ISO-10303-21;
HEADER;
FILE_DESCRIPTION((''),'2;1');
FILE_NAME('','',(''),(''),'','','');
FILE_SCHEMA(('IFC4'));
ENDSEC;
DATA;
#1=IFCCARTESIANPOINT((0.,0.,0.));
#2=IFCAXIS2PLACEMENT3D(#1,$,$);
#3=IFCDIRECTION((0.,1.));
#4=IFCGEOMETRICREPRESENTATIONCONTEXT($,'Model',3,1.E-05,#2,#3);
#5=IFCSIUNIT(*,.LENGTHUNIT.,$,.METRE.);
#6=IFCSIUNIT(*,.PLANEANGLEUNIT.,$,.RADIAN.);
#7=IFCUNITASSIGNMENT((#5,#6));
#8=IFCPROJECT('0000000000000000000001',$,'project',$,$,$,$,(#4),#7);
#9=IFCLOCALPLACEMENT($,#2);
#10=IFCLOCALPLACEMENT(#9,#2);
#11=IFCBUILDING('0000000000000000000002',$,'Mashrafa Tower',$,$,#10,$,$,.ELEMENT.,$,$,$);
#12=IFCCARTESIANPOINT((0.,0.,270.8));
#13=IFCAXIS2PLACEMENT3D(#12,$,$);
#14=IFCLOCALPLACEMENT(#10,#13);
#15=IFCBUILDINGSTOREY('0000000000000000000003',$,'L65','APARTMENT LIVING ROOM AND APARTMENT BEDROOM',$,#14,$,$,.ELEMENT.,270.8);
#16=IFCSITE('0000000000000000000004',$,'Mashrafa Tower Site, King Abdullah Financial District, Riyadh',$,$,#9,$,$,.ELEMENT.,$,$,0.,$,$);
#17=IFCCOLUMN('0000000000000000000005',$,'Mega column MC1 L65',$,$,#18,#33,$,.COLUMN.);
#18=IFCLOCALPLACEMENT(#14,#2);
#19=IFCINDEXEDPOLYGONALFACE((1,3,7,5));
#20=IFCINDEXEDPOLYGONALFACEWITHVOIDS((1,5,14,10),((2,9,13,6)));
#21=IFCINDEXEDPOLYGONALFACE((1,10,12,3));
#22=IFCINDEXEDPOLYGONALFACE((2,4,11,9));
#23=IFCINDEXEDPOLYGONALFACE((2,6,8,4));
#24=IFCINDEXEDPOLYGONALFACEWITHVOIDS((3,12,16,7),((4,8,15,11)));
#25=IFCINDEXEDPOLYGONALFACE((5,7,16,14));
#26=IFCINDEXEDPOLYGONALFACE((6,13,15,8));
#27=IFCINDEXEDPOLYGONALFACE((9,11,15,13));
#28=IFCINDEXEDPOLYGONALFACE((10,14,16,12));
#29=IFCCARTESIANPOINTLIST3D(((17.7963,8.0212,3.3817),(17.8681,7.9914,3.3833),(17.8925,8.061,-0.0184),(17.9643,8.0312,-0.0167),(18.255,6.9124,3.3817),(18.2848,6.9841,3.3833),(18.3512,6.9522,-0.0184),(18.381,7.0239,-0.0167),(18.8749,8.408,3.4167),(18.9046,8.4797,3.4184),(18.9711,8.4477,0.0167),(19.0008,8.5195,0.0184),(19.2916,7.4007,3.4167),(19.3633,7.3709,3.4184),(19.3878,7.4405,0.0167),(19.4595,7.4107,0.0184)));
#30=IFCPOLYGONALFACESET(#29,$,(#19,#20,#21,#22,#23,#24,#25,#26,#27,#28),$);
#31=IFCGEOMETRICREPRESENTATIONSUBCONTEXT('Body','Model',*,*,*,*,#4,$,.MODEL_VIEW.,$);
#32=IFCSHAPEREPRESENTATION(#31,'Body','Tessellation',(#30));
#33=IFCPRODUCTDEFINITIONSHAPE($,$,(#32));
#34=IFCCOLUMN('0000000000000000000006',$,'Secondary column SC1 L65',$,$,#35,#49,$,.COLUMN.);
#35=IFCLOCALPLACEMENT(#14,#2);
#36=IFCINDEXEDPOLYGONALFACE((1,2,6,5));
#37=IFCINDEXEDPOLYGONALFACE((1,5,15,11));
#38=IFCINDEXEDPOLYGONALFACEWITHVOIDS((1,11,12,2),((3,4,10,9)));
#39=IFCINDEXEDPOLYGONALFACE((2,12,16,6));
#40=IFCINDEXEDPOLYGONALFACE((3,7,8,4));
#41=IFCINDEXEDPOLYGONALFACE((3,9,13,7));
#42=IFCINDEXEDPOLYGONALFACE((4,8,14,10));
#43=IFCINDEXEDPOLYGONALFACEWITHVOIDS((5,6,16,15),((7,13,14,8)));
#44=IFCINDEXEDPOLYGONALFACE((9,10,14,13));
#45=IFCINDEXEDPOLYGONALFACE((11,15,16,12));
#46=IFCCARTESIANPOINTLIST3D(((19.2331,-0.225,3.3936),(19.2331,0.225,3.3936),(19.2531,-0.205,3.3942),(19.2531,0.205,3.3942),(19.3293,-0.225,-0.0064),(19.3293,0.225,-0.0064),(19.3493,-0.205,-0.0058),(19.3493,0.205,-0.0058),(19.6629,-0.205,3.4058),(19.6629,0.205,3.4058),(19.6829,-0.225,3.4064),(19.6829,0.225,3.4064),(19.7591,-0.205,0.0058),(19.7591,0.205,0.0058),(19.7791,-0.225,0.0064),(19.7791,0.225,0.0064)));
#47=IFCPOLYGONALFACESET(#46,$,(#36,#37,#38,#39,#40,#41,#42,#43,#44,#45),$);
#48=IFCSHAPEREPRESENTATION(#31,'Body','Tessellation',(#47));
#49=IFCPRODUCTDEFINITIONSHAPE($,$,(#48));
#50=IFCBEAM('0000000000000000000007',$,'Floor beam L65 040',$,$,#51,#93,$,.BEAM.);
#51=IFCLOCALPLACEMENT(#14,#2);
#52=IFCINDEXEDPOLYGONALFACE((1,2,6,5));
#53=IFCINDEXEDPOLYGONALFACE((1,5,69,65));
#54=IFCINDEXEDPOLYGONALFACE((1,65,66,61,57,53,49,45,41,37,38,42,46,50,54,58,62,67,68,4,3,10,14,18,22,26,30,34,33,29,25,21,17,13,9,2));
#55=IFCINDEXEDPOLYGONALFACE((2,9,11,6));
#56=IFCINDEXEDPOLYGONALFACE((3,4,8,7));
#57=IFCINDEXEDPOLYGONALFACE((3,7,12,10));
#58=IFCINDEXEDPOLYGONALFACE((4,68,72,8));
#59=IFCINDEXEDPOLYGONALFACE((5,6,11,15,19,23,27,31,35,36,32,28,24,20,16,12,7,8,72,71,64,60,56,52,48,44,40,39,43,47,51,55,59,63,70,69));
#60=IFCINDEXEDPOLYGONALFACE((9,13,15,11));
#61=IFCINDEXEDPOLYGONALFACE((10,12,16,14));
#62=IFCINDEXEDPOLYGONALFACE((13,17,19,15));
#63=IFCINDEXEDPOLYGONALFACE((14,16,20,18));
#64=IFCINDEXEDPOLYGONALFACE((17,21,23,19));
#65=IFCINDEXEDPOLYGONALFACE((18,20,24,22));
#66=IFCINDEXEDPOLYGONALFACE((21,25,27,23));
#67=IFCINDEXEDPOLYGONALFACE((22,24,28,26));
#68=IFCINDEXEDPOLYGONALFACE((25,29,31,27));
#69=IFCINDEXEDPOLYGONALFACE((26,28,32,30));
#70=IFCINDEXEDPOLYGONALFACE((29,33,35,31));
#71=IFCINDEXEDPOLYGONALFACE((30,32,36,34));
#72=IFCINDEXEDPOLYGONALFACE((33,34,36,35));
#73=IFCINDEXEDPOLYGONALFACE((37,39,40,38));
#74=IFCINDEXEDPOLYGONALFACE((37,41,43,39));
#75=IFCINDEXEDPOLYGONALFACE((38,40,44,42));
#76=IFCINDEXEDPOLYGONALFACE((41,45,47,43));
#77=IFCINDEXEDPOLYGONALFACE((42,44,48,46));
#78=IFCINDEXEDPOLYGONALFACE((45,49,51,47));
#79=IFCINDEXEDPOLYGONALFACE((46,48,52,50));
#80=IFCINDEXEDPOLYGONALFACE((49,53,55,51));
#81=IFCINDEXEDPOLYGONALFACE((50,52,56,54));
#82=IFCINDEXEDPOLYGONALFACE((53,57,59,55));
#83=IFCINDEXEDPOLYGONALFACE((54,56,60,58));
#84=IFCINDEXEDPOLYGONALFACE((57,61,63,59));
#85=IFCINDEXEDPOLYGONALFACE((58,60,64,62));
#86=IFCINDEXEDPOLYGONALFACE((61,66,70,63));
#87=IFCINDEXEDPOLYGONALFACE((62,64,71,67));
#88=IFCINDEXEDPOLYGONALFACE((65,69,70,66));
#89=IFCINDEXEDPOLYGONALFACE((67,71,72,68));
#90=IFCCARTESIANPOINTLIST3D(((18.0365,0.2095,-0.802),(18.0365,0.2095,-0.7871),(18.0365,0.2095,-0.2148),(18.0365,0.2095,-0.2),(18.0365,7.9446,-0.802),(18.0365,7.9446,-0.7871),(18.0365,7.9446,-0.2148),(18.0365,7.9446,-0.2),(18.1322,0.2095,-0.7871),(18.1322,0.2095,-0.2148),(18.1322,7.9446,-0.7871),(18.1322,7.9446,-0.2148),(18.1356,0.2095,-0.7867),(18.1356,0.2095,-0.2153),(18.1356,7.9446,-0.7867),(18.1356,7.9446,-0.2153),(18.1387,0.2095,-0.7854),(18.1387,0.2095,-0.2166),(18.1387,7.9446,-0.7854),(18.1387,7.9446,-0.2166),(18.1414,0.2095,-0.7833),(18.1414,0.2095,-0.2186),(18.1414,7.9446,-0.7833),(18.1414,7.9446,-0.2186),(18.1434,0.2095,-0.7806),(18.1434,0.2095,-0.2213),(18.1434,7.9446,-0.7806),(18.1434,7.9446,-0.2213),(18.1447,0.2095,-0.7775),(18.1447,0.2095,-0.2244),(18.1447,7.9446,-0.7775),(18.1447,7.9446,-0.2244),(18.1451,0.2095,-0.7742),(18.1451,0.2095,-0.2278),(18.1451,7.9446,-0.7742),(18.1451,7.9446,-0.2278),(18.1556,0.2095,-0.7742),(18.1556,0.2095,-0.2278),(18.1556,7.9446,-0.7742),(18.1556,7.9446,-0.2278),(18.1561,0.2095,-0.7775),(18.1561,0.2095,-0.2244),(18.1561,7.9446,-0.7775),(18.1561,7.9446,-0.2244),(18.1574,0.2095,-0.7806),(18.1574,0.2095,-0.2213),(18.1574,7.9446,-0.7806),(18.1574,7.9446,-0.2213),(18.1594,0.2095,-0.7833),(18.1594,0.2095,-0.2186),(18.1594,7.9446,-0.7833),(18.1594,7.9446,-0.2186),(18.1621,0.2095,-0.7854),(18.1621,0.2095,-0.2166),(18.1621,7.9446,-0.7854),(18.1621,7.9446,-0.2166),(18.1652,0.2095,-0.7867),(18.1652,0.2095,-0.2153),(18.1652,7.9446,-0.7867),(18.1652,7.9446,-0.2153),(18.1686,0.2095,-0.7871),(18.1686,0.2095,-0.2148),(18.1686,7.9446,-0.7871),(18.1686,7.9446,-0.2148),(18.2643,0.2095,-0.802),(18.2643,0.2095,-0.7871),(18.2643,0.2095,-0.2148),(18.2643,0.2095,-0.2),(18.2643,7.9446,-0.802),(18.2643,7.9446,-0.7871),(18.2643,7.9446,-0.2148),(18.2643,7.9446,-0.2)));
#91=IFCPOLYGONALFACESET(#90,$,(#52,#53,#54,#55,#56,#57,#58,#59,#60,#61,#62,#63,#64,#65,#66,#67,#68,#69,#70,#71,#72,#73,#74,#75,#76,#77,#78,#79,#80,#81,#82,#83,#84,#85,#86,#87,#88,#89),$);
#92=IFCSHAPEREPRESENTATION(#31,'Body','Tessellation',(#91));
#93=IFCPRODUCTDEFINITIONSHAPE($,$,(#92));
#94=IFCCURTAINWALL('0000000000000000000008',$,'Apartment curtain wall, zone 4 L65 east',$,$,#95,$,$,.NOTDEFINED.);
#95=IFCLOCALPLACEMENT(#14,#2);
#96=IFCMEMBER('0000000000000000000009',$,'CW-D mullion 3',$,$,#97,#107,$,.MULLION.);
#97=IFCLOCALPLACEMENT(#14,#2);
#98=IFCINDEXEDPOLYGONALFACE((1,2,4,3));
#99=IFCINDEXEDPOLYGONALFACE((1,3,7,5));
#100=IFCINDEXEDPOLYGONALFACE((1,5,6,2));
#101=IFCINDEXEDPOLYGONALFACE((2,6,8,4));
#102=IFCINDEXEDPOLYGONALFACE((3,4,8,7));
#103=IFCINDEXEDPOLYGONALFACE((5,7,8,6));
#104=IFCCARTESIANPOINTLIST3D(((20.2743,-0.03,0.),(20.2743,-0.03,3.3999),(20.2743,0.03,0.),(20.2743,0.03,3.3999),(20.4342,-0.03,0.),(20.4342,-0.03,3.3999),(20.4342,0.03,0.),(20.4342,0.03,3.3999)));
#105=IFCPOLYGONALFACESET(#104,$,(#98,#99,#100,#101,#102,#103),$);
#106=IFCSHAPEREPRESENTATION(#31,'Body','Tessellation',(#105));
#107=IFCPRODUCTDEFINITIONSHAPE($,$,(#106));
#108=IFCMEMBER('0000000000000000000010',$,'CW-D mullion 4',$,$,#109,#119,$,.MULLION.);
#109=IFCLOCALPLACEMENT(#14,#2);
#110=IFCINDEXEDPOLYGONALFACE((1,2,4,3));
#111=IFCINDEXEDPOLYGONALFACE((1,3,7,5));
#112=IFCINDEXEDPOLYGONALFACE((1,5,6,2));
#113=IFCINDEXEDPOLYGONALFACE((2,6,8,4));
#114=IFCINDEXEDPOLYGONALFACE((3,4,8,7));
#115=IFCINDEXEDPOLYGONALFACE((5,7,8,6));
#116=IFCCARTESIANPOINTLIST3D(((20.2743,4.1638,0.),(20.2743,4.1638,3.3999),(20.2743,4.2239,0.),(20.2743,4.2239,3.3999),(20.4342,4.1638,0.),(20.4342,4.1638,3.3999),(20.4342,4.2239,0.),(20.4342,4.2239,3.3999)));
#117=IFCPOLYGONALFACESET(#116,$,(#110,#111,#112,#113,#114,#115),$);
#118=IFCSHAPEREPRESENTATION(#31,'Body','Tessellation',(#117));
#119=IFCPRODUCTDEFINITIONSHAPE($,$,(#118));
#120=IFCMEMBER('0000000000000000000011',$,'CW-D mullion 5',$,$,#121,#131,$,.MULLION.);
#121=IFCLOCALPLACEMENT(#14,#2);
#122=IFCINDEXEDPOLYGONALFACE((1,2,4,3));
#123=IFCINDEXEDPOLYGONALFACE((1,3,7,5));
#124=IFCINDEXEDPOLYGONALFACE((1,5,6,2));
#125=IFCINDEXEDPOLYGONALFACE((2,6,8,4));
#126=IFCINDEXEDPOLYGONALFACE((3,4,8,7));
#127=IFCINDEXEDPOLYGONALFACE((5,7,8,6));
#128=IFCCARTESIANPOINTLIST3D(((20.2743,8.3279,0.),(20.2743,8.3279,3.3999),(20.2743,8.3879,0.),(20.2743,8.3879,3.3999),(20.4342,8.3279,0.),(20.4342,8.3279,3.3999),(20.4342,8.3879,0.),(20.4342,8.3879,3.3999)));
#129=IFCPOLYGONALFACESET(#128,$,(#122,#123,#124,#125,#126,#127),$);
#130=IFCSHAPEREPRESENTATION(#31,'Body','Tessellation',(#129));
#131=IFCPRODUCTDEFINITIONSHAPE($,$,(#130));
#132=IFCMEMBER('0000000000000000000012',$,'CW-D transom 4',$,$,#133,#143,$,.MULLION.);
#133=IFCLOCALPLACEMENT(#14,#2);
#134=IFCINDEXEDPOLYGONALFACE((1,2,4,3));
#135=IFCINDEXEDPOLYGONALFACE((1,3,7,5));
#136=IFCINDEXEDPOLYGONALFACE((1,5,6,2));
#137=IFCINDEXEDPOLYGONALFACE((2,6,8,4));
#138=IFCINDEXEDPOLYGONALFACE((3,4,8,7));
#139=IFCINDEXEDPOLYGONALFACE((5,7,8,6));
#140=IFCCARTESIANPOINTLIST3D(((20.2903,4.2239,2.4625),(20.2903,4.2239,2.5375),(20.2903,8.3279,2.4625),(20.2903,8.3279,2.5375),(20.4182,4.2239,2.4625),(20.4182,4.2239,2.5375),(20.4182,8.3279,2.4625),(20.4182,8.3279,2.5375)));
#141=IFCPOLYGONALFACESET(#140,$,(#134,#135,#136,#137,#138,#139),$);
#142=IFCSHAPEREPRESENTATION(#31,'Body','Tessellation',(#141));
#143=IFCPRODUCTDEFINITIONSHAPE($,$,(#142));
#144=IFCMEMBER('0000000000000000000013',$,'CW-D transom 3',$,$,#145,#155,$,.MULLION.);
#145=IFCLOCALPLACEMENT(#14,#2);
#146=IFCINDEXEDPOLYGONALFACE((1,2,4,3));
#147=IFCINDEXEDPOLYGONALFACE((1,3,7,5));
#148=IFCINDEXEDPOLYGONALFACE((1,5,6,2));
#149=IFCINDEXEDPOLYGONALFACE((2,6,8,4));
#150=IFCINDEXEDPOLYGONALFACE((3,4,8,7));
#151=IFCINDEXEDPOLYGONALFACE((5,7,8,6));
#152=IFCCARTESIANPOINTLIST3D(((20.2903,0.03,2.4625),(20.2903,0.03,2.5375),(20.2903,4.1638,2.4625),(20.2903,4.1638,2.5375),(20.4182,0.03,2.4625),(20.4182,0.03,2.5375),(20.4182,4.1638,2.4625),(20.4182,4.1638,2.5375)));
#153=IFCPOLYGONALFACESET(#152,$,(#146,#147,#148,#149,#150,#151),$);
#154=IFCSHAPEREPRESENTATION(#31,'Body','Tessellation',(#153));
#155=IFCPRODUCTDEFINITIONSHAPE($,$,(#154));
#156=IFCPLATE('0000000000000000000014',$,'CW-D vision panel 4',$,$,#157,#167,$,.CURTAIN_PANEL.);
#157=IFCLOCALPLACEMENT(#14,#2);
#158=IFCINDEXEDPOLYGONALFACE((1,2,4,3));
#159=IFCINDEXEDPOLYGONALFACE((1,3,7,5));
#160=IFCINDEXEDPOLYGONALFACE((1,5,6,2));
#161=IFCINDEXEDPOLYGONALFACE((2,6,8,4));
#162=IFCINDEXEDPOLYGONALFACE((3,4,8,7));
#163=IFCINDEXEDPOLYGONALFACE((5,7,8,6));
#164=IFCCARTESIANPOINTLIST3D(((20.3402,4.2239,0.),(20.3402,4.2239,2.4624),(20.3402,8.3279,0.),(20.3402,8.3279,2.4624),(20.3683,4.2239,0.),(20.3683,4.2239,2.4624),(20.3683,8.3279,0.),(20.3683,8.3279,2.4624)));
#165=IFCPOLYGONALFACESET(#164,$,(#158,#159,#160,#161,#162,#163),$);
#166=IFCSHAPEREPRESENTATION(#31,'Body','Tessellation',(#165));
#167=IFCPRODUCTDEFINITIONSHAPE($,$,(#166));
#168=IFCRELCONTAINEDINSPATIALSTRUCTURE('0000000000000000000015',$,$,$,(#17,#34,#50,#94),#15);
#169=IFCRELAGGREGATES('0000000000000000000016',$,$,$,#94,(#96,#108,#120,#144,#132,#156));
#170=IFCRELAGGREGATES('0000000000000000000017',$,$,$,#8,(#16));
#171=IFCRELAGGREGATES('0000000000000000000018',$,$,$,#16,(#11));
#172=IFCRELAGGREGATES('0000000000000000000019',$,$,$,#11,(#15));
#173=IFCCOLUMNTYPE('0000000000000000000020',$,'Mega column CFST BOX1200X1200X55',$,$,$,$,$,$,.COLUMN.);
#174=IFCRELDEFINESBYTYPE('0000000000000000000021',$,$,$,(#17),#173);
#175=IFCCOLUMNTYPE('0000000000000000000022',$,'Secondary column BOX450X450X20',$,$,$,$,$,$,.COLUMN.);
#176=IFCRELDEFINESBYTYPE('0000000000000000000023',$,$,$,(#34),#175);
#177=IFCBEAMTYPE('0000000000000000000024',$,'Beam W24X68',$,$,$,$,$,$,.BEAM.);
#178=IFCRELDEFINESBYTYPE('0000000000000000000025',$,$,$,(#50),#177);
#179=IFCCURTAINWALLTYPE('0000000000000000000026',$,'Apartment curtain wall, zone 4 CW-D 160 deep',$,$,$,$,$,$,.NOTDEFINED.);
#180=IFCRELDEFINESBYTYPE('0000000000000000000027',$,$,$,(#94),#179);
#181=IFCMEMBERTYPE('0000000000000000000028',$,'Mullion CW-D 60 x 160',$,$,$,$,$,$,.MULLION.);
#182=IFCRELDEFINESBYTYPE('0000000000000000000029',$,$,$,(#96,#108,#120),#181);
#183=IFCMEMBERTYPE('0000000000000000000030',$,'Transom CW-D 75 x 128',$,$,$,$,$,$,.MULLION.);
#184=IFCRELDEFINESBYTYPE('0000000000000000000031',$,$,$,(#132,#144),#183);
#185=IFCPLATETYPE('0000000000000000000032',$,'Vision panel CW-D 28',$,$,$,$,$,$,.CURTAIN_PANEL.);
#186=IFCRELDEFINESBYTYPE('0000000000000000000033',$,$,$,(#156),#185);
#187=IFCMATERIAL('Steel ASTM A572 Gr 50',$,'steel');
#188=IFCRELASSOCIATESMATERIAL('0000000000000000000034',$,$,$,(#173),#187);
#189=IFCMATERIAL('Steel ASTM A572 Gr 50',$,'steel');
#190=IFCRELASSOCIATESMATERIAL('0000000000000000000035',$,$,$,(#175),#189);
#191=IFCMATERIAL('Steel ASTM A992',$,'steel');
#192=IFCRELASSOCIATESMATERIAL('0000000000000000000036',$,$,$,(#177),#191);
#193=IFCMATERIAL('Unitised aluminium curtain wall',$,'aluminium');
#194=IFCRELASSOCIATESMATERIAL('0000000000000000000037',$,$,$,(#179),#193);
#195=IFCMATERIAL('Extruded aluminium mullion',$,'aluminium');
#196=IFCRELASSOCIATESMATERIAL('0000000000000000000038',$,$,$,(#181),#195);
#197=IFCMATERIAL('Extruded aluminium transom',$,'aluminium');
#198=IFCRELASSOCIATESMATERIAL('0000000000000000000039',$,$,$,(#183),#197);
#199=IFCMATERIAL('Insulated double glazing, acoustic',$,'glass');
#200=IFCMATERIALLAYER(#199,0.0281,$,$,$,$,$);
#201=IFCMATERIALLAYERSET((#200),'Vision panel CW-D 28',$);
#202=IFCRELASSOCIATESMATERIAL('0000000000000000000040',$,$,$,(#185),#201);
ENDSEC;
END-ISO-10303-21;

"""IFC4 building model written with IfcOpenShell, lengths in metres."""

from ifc_helpers import new_model, si_unit, direction, frame, origin, origin_2d, place, context, subcontext, project, spatial, rectangle, hollow_rectangle, i_section, extrude, source, transform, mapped, material, layer, layer_set, material_profile, profile_set, type_object, type_shapes, element, aggregate, save


model = new_model("IFC4")

# Units and contexts
model_context = context("Model", 3, precision=1e-05, world=origin(), true_north=direction((0.0, 1.0)))
body_context = subcontext(model_context, "Body", "Model", "MODEL_VIEW")
ifc_project = project(units=[si_unit("LENGTHUNIT", "METRE"), si_unit("PLANEANGLEUNIT", "RADIAN")], contexts=[model_context])

# Site, building, storey
site_placement = place(None, origin())
site = spatial("IfcSite", under=ifc_project, at=site_placement, Name="Mashrafa Tower Site, King Abdullah Financial District, Riyadh", CompositionType="ELEMENT", RefElevation=0.0)
building_placement = place(site_placement, origin())
building = spatial("IfcBuilding", under=site, at=building_placement, Name="Mashrafa Tower", CompositionType="ELEMENT")
storey_placement = place(building_placement, frame((0.0, 0.0, 270.8)))
storey = spatial("IfcBuildingStorey", under=building, at=storey_placement, Name="L65", Description="APARTMENT LIVING ROOM AND APARTMENT BEDROOM", CompositionType="ELEMENT", Elevation=270.8)

# Columns
ifc_material_1 = material(Name="Steel ASTM A572 Gr 50", Category="steel")
ifc_material_profile_1 = material_profile(ifc_material_1, hollow_rectangle(XDim=1.2, YDim=1.2, WallThickness=0.0549, at=origin_2d()), Name="BOX1200X1200X55")
ifc_profile_set_1 = profile_set([ifc_material_profile_1], Name="Steel ASTM A572 Gr 50")
column_type_1 = type_object("IfcColumnType", Name="Mega column CFST BOX1200X1200X55", PredefinedType="COLUMN", material=ifc_profile_set_1)
column_1_placement = place(storey_placement, frame((18.676, 7.7358, 0.0), z_axis=(-0.028279, -0.011699, 0.999532), x_axis=(0.382283, -0.924045, 0.0)))
element("IfcColumn", 1, at=column_1_placement, inside=storey, type_object=column_type_1, Name="Mega column MC1 L65", PredefinedType="COLUMN", context=body_context, shape_type="SweptSolid", body=[
    extrude(hollow_rectangle(XDim=1.2, YDim=1.2, WallThickness=0.0549, at=origin_2d()), origin(), (0.0, 0.0, 1.0), 3.4016),
])
ifc_material_2 = material(Name="Steel ASTM A572 Gr 50", Category="steel")
ifc_material_profile_2 = material_profile(ifc_material_2, hollow_rectangle(XDim=0.45, YDim=0.45, WallThickness=0.02, at=origin_2d()), Name="BOX450X450X20")
ifc_profile_set_2 = profile_set([ifc_material_profile_2], Name="Steel ASTM A572 Gr 50")
column_type_2 = type_object("IfcColumnType", Name="Secondary column BOX450X450X20", PredefinedType="COLUMN", material=ifc_profile_set_2)
column_2_placement = place(storey_placement, frame((19.5542, 0.0, 0.0), z_axis=(-0.028281, 0.0, 0.9996), x_axis=(0.0, -1.0, 0.0)))
element("IfcColumn", 2, at=column_2_placement, inside=storey, type_object=column_type_2, Name="Secondary column SC1 L65", PredefinedType="COLUMN", context=body_context, shape_type="SweptSolid", body=[
    extrude(hollow_rectangle(XDim=0.45, YDim=0.45, WallThickness=0.02, at=origin_2d()), origin(), (0.0, 0.0, 1.0), 3.4014),
])

# Beam
ifc_material_3 = material(Name="Steel ASTM A992", Category="steel")
ifc_material_profile_3 = material_profile(ifc_material_3, i_section(OverallWidth=0.2278, OverallDepth=0.6021, WebThickness=0.0105, FlangeThickness=0.0149, FilletRadius=0.0129, at=origin_2d()), Name="W24X68")
ifc_profile_set_3 = profile_set([ifc_material_profile_3], Name="Steel ASTM A992")
beam_type = type_object("IfcBeamType", Name="Beam W24X68", PredefinedType="BEAM", material=ifc_profile_set_3)
beam_placement = place(storey_placement, frame((18.1504, 7.9446, -0.501), z_axis=(0.0, -1.0, 0.0), x_axis=(1.0, 0.0, 0.0)))
element("IfcBeam", 3, at=beam_placement, inside=storey, type_object=beam_type, Name="Floor beam L65 040", PredefinedType="BEAM", context=body_context, shape_type="SweptSolid", body=[
    extrude(i_section(OverallWidth=0.2278, OverallDepth=0.6021, WebThickness=0.0105, FlangeThickness=0.0149, FilletRadius=0.0129, at=origin_2d()), origin(), (0.0, 0.0, 1.0), 7.7351),
])

# Curtain wall, members, plate
ifc_material_4 = material(Name="Unitised aluminium curtain wall", Category="aluminium")
curtain_wall_type = type_object("IfcCurtainWallType", Name="Apartment curtain wall, zone 4 CW-D 160 deep", PredefinedType="NOTDEFINED", material=ifc_material_4)
curtain_wall_placement = place(storey_placement, origin())
curtain_wall = element("IfcCurtainWall", 4, at=curtain_wall_placement, inside=storey, type_object=curtain_wall_type, Name="Apartment curtain wall, zone 4 L65 east", PredefinedType="NOTDEFINED")
ifc_material_5 = material(Name="Extruded aluminium mullion", Category="aluminium")
ifc_material_profile_4 = material_profile(ifc_material_5, rectangle(XDim=0.1599, YDim=0.0601, at=origin_2d()), Name="Mullion 60x160")
ifc_profile_set_4 = profile_set([ifc_material_profile_4], Name="Extruded aluminium mullion")
member_type_1 = type_object("IfcMemberType", Name="Mullion CW-D 60 x 160", PredefinedType="MULLION", material=ifc_profile_set_4)
shared_shape_1 = source(origin(), body_context, "Body", "SweptSolid", [
    extrude(rectangle(XDim=0.1599, YDim=0.0601, at=origin_2d()), origin(), (0.0, 0.0, 1.0), 3.3999),
])
type_shapes(member_type_1, [shared_shape_1])
member_1_placement = place(storey_placement, frame((20.3542, 0.0, 0.0), z_axis=(0.0, 0.0, 1.0), x_axis=(-1.0, 0.0, 0.0)))
member_1 = element("IfcMember", 5, at=member_1_placement, type_object=member_type_1, Name="CW-D mullion 3", PredefinedType="MULLION", context=body_context, shape_type="MappedRepresentation", body=[
    mapped(shared_shape_1, transform((0.0, 0.0, 0.0))),
])
member_2_placement = place(storey_placement, frame((20.3542, 4.1938, 0.0), z_axis=(0.0, 0.0, 1.0), x_axis=(-1.0, 0.0, 0.0)))
member_2 = element("IfcMember", 6, at=member_2_placement, type_object=member_type_1, Name="CW-D mullion 4", PredefinedType="MULLION", context=body_context, shape_type="MappedRepresentation", body=[
    mapped(shared_shape_1, transform((0.0, 0.0, 0.0))),
])
member_3_placement = place(storey_placement, frame((20.3542, 8.3579, 0.0), z_axis=(0.0, 0.0, 1.0), x_axis=(-1.0, 0.0, 0.0)))
member_3 = element("IfcMember", 7, at=member_3_placement, type_object=member_type_1, Name="CW-D mullion 5", PredefinedType="MULLION", context=body_context, shape_type="MappedRepresentation", body=[
    mapped(shared_shape_1, transform((0.0, 0.0, 0.0))),
])
ifc_material_6 = material(Name="Extruded aluminium transom", Category="aluminium")
ifc_material_profile_5 = material_profile(ifc_material_6, rectangle(XDim=0.1279, YDim=0.075, at=origin_2d()), Name="Transom 75x128")
ifc_profile_set_5 = profile_set([ifc_material_profile_5], Name="Extruded aluminium transom")
member_type_2 = type_object("IfcMemberType", Name="Transom CW-D 75 x 128", PredefinedType="MULLION", material=ifc_profile_set_5)
shared_shape_2 = source(origin(), body_context, "Body", "SweptSolid", [
    extrude(rectangle(XDim=0.1279, YDim=0.075, at=origin_2d()), origin(), (0.0, 0.0, 1.0), 4.104),
])
member_4_placement = place(storey_placement, frame((20.3542, 4.2239, 2.5), z_axis=(0.0, 1.0, 0.0), x_axis=(-1.0, 0.0, 0.0)))
member_4 = element("IfcMember", 8, at=member_4_placement, type_object=member_type_2, Name="CW-D transom 4", PredefinedType="MULLION", context=body_context, shape_type="MappedRepresentation", body=[
    mapped(shared_shape_2, transform((0.0, 0.0, 0.0))),
])
shared_shape_3 = source(origin(), body_context, "Body", "SweptSolid", [
    extrude(rectangle(XDim=0.1279, YDim=0.075, at=origin_2d()), origin(), (0.0, 0.0, 1.0), 4.1338),
])
type_shapes(member_type_2, [shared_shape_2, shared_shape_3])
member_5_placement = place(storey_placement, frame((20.3542, 0.03, 2.5), z_axis=(0.0, 1.0, 0.0), x_axis=(-1.0, 0.0, 0.0)))
member_5 = element("IfcMember", 9, at=member_5_placement, type_object=member_type_2, Name="CW-D transom 3", PredefinedType="MULLION", context=body_context, shape_type="MappedRepresentation", body=[
    mapped(shared_shape_3, transform((0.0, 0.0, 0.0))),
])
ifc_material_7 = material(Name="Insulated double glazing, acoustic", Category="glass")
ifc_layer_1 = layer(ifc_material_7, 0.0281)
ifc_layer_set_1 = layer_set([ifc_layer_1], Name="Vision panel CW-D 28")
plate_type_1 = type_object("IfcPlateType", Name="Vision panel CW-D 28", PredefinedType="CURTAIN_PANEL", material=ifc_layer_set_1)
shared_shape_4 = source(origin(), body_context, "Body", "SweptSolid", [
    extrude(rectangle(XDim=4.104, YDim=0.0281, at=origin_2d()), origin(), (0.0, 0.0, 1.0), 2.4624),
])
plate_1_placement = place(storey_placement, frame((20.3542, 6.2759, 0.0), z_axis=(0.0, 0.0, 1.0), x_axis=(0.0, 1.0, 0.0)))
plate_1 = element("IfcPlate", 10, at=plate_1_placement, type_object=plate_type_1, Name="CW-D vision panel 4", PredefinedType="CURTAIN_PANEL", context=body_context, shape_type="MappedRepresentation", body=[
    mapped(shared_shape_4, transform((0.0, 0.0, 0.0))),
])
aggregate(curtain_wall, [member_1, member_2, member_3, member_5, member_4, plate_1])

save(model, "model.ifc")
